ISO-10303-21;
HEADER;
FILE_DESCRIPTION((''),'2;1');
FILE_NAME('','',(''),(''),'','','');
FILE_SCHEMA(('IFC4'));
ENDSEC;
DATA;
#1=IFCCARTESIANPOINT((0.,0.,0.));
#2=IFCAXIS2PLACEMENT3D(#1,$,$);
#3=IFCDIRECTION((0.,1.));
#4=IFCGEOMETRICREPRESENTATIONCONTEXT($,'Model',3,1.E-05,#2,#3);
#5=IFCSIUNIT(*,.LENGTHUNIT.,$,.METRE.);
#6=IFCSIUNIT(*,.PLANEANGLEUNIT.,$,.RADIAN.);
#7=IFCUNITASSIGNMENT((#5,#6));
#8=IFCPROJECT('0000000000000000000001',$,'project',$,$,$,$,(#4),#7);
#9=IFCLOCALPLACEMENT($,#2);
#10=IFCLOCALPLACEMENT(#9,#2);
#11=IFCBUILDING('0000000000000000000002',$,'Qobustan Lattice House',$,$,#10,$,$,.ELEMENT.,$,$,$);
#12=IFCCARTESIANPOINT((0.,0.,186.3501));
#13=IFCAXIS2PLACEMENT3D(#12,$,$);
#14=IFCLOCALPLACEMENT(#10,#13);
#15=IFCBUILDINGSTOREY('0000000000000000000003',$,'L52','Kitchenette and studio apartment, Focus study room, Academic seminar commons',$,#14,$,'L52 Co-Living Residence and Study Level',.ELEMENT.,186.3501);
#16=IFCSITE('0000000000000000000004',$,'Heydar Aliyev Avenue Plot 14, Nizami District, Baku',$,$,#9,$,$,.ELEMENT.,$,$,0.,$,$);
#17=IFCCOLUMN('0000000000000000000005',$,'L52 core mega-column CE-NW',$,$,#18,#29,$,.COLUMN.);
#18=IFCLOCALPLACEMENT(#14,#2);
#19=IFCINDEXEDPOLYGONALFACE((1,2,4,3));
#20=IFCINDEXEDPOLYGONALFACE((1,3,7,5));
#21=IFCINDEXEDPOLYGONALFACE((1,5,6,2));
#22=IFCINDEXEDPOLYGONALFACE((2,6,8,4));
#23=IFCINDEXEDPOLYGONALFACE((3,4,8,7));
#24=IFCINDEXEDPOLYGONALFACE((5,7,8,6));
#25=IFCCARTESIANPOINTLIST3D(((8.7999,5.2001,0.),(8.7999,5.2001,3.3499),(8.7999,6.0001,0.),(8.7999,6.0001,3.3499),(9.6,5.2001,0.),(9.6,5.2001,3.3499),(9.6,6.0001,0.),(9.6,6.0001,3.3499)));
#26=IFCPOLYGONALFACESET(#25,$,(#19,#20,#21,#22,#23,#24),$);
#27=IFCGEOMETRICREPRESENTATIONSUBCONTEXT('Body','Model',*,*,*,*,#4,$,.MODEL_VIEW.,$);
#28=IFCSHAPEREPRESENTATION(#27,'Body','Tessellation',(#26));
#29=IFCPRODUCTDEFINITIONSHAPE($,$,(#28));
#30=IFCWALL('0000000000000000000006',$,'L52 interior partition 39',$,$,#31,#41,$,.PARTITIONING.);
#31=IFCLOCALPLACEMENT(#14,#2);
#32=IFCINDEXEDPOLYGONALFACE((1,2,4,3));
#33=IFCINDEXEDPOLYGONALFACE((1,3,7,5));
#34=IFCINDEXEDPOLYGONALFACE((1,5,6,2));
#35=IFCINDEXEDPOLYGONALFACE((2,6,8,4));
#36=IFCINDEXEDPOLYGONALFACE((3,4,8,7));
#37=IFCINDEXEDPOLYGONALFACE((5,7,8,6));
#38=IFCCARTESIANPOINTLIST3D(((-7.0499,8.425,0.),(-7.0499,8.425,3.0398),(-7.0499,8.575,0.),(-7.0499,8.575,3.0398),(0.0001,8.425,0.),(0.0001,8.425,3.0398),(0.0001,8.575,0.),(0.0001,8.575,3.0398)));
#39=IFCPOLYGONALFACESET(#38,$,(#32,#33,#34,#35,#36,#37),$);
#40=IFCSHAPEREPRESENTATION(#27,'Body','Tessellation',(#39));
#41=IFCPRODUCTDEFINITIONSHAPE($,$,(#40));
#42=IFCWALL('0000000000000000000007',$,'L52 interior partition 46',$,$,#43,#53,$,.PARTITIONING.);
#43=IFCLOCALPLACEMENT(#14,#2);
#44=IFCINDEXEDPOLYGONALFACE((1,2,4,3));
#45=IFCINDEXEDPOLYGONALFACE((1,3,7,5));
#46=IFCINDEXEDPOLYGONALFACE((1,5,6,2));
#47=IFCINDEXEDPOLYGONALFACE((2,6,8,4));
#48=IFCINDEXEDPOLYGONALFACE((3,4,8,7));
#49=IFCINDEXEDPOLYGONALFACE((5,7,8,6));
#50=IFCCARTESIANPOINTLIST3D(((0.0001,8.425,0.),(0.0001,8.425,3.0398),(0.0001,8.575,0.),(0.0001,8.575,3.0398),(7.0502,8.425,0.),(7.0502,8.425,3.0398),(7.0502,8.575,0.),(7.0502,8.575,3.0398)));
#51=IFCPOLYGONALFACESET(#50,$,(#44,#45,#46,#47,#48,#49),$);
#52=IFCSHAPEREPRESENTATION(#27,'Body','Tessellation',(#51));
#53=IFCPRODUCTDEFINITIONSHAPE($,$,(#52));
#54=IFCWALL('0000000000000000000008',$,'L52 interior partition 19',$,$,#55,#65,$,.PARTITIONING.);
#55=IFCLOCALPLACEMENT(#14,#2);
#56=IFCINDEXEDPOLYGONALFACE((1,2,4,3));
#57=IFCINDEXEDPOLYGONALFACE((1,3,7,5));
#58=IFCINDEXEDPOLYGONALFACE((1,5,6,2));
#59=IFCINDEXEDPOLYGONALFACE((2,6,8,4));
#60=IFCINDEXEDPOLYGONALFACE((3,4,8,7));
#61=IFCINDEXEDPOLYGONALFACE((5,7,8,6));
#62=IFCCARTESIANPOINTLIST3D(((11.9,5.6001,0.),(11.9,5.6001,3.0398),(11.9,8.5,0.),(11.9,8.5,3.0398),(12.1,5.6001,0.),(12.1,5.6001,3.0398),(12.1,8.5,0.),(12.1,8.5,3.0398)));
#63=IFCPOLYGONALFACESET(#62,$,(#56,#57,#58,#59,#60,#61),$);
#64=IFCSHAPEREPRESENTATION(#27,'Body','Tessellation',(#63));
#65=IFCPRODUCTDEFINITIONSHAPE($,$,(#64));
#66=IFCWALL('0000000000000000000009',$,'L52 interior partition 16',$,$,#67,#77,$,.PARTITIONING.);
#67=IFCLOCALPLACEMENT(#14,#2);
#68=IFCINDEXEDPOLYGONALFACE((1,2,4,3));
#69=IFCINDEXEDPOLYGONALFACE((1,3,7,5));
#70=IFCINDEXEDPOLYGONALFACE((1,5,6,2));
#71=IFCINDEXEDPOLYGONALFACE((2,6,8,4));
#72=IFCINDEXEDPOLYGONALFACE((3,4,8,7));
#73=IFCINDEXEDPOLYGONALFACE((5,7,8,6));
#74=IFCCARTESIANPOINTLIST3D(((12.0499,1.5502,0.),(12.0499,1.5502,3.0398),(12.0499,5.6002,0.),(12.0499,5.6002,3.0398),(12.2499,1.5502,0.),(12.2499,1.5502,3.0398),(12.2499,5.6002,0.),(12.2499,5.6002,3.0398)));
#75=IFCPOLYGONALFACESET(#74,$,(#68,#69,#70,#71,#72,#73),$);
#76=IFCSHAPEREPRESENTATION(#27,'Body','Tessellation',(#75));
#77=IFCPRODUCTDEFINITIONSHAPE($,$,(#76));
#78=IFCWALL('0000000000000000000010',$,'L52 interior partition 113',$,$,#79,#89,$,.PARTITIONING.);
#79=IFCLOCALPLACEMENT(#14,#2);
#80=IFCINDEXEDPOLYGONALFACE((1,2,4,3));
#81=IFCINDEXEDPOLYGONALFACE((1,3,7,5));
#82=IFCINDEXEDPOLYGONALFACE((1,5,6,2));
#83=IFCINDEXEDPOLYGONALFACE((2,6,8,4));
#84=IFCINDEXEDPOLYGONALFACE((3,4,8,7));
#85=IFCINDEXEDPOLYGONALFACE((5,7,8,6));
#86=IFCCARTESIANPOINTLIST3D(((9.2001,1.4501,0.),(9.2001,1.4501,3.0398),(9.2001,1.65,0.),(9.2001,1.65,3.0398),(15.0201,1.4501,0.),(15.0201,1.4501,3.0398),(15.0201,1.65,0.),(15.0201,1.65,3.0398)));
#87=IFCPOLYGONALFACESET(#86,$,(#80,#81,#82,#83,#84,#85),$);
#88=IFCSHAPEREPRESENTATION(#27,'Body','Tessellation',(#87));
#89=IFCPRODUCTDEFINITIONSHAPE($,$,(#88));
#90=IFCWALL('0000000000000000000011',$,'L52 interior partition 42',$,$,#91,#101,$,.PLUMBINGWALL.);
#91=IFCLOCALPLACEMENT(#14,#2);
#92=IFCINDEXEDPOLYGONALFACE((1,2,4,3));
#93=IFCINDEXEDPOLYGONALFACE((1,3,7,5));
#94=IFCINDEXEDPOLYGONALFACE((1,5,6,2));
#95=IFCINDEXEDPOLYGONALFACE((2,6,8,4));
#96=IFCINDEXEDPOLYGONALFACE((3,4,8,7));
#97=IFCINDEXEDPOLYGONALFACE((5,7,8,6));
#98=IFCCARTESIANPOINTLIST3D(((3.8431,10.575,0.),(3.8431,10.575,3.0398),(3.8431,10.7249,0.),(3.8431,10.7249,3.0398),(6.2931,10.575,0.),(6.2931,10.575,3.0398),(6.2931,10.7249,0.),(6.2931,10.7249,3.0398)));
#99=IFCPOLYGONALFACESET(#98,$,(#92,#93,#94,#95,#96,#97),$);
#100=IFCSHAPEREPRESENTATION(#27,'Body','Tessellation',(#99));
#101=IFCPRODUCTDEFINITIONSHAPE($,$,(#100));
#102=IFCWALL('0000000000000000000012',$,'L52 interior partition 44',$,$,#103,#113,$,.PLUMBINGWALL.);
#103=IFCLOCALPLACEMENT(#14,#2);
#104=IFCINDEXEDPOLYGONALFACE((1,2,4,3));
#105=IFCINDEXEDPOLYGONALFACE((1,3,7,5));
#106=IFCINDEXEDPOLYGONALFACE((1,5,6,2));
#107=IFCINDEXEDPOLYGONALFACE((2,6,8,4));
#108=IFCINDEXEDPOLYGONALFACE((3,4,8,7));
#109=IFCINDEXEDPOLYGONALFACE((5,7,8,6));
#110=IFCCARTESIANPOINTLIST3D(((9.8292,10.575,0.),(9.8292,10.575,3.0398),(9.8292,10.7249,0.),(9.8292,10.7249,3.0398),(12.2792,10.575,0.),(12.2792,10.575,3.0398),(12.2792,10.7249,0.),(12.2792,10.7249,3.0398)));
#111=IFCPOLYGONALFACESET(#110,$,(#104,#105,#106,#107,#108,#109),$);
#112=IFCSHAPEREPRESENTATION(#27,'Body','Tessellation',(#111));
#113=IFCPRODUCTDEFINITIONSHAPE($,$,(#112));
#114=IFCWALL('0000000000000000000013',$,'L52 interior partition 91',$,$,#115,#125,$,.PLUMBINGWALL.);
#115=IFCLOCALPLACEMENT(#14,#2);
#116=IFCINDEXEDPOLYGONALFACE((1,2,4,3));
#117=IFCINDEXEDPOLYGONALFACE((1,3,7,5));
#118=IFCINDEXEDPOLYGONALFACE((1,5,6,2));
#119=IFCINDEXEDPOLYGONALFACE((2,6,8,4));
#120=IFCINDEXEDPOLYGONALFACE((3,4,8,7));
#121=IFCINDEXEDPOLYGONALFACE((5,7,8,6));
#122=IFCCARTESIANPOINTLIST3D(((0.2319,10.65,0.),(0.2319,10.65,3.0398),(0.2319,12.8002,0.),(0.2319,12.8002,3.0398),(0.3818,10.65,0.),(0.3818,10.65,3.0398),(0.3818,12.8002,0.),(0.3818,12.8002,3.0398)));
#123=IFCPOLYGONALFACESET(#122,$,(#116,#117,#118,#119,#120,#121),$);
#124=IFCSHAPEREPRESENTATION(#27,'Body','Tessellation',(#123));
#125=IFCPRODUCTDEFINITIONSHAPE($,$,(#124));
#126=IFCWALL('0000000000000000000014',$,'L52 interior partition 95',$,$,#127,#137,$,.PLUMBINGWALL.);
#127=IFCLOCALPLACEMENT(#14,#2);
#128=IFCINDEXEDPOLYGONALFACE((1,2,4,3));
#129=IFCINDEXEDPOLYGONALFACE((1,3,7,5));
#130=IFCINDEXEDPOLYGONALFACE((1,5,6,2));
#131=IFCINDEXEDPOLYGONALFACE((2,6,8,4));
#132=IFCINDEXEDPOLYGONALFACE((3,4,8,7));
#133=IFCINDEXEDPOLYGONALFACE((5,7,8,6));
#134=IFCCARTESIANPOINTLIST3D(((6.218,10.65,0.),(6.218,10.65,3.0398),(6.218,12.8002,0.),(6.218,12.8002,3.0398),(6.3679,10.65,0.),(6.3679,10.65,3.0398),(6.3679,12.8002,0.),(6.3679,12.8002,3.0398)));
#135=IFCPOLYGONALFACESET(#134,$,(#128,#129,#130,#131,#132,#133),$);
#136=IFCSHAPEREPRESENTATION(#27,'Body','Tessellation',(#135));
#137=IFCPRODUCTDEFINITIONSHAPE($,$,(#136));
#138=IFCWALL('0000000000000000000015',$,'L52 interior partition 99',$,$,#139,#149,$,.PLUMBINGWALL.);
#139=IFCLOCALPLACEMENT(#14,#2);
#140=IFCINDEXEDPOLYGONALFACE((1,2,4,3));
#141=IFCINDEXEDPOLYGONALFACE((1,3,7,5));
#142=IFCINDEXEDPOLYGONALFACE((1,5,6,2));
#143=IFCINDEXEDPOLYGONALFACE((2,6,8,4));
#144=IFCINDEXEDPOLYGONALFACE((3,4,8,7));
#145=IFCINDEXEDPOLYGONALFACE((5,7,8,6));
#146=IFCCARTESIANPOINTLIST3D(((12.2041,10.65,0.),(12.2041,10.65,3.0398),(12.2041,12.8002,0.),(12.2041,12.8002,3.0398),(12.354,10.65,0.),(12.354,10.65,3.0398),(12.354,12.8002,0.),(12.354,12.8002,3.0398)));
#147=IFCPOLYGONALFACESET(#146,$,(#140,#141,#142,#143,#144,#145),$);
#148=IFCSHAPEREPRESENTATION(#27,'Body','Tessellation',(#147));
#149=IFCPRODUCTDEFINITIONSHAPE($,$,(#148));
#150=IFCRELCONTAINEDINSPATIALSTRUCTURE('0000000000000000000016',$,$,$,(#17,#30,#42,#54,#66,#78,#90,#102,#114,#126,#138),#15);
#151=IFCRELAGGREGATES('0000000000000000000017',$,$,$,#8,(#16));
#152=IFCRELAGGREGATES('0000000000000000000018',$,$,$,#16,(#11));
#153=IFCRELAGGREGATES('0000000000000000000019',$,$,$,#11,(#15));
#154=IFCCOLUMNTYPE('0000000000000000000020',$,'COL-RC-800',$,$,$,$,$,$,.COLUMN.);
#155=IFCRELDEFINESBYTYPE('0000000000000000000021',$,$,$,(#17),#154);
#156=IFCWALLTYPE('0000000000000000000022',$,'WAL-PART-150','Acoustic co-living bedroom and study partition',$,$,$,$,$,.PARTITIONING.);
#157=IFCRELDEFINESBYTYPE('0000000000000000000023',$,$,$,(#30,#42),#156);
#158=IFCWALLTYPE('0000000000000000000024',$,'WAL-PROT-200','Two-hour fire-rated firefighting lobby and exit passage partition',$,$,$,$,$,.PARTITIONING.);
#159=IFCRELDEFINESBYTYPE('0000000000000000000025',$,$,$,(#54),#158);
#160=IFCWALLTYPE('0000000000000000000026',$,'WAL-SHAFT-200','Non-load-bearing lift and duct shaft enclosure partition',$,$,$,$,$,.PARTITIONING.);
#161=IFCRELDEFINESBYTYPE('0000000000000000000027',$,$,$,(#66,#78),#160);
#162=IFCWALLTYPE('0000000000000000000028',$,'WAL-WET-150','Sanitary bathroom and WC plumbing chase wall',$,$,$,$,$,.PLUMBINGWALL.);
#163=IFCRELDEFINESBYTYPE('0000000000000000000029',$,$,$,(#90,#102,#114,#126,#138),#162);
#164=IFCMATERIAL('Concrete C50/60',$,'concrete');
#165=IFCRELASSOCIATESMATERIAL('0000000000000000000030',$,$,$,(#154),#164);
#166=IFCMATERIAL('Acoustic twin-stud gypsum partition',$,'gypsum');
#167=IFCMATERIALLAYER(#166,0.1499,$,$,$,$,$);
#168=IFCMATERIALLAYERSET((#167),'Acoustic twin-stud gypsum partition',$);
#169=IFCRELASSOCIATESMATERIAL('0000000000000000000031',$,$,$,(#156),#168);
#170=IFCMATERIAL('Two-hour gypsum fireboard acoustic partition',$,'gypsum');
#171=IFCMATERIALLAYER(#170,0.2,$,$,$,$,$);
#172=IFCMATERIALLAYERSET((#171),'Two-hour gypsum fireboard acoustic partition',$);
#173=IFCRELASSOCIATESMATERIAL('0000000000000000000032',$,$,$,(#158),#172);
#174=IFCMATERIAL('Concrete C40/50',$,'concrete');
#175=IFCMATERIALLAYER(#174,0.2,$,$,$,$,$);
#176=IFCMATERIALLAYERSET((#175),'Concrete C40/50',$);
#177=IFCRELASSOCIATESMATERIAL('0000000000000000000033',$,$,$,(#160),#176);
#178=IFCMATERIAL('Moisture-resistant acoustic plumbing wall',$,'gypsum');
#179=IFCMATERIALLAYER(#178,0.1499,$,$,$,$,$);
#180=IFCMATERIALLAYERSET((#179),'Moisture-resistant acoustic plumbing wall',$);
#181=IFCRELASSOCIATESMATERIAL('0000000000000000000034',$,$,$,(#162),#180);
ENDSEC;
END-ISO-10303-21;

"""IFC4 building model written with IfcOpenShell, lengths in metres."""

from ifc_helpers import new_model, si_unit, direction, frame, frame_2d, origin, origin_2d, place, context, subcontext, project, spatial, rectangle, extrude, material, layer, layer_set, material_profile, profile_set, type_object, element, save


model = new_model("IFC4")

# Units and contexts
model_context = context("Model", 3, precision=1e-05, world=origin(), true_north=direction((0.0, 1.0)))
body_context = subcontext(model_context, "Body", "Model", "MODEL_VIEW")
ifc_project = project(units=[si_unit("LENGTHUNIT", "METRE"), si_unit("PLANEANGLEUNIT", "RADIAN")], contexts=[model_context])

# Site, building, storey
site_placement = place(None, origin())
site = spatial("IfcSite", under=ifc_project, at=site_placement, Name="Heydar Aliyev Avenue Plot 14, Nizami District, Baku", CompositionType="ELEMENT", RefElevation=0.0)
building_placement = place(site_placement, origin())
building = spatial("IfcBuilding", under=site, at=building_placement, Name="Qobustan Lattice House", CompositionType="ELEMENT")
storey_placement = place(building_placement, frame((0.0, 0.0, 186.3501)))
storey = spatial("IfcBuildingStorey", under=building, at=storey_placement, Name="L52", Description="Kitchenette and studio apartment, Focus study room, Academic seminar commons", LongName="L52 Co-Living Residence and Study Level", CompositionType="ELEMENT", Elevation=186.3501)

# Column
ifc_material_1 = material(Name="Concrete C50/60", Category="concrete")
ifc_material_profile = material_profile(ifc_material_1, rectangle(XDim=0.8, YDim=0.8, at=origin_2d()), Name="RC800x800")
ifc_profile_set = profile_set([ifc_material_profile], Name="Concrete C50/60")
column_type = type_object("IfcColumnType", Name="COL-RC-800", PredefinedType="COLUMN", material=ifc_profile_set)
column_placement = place(storey_placement, frame((9.2, 5.6001, 0.0), z_axis=(0.0, 0.0, 1.0), x_axis=(1.0, 0.0, 0.0)))
element("IfcColumn", 1, at=column_placement, inside=storey, type_object=column_type, Name="L52 core mega-column CE-NW", PredefinedType="COLUMN", context=body_context, shape_type="SweptSolid", body=[
    extrude(rectangle(XDim=0.8, YDim=0.8, at=origin_2d()), origin(), (0.0, 0.0, 1.0), 3.3499),
])

# Walls
ifc_material_2 = material(Name="Acoustic twin-stud gypsum partition", Category="gypsum")
ifc_layer_1 = layer(ifc_material_2, 0.1499)
ifc_layer_set_1 = layer_set([ifc_layer_1], Name="Acoustic twin-stud gypsum partition")
wall_type_1 = type_object("IfcWallType", Name="WAL-PART-150", Description="Acoustic co-living bedroom and study partition", PredefinedType="PARTITIONING", material=ifc_layer_set_1)
for number, where, z_axis, x_axis, name in (
    (2, (0.0, 8.5, 0.0), (0.0, 0.0, 1.0), (-1.0, 0.0, 0.0), "L52 interior partition 39"),
    (3, (7.05, 8.5, 0.0), (0.0, 0.0, 1.0), (-1.0, 0.0, 0.0), "L52 interior partition 46"),
):
    element("IfcWall", number, at=place(storey_placement, frame(where, z_axis=z_axis, x_axis=x_axis)), inside=storey, type_object=wall_type_1, Name=name, PredefinedType="PARTITIONING", context=body_context, shape_type="SweptSolid", body=[
        extrude(rectangle(XDim=7.05, YDim=0.1499, at=frame_2d((3.5249, 0.0))), origin(), (0.0, 0.0, 1.0), 3.0398),
    ])
ifc_material_3 = material(Name="Two-hour gypsum fireboard acoustic partition", Category="gypsum")
ifc_layer_2 = layer(ifc_material_3, 0.2)
ifc_layer_set_2 = layer_set([ifc_layer_2], Name="Two-hour gypsum fireboard acoustic partition")
wall_type_2 = type_object("IfcWallType", Name="WAL-PROT-200", Description="Two-hour fire-rated firefighting lobby and exit passage partition", PredefinedType="PARTITIONING", material=ifc_layer_set_2)
wall_1_placement = place(storey_placement, frame((12.0, 8.5, 0.0), z_axis=(0.0, 0.0, 1.0), x_axis=(0.0, -1.0, 0.0)))
element("IfcWall", 4, at=wall_1_placement, inside=storey, type_object=wall_type_2, Name="L52 interior partition 19", PredefinedType="PARTITIONING", context=body_context, shape_type="SweptSolid", body=[
    extrude(rectangle(XDim=2.8999, YDim=0.2, at=frame_2d((1.45, 0.0))), origin(), (0.0, 0.0, 1.0), 3.0398),
])
ifc_material_4 = material(Name="Concrete C40/50", Category="concrete")
ifc_layer_3 = layer(ifc_material_4, 0.2)
ifc_layer_set_3 = layer_set([ifc_layer_3], Name="Concrete C40/50")
wall_type_3 = type_object("IfcWallType", Name="WAL-SHAFT-200", Description="Non-load-bearing lift and duct shaft enclosure partition", PredefinedType="PARTITIONING", material=ifc_layer_set_3)
wall_2_placement = place(storey_placement, frame((12.1499, 5.6001, 0.0), z_axis=(0.0, 0.0, 1.0), x_axis=(0.0, -1.0, 0.0)))
element("IfcWall", 5, at=wall_2_placement, inside=storey, type_object=wall_type_3, Name="L52 interior partition 16", PredefinedType="PARTITIONING", context=body_context, shape_type="SweptSolid", body=[
    extrude(rectangle(XDim=4.05, YDim=0.2, at=frame_2d((2.0249, 0.0))), origin(), (0.0, 0.0, 1.0), 3.0398),
])
wall_3_placement = place(storey_placement, frame((9.2, 1.55, 0.0), z_axis=(0.0, 0.0, 1.0), x_axis=(1.0, 0.0, 0.0)))
element("IfcWall", 6, at=wall_3_placement, inside=storey, type_object=wall_type_3, Name="L52 interior partition 113", PredefinedType="PARTITIONING", context=body_context, shape_type="SweptSolid", body=[
    extrude(rectangle(XDim=5.8201, YDim=0.2, at=frame_2d((2.9102, 0.0))), origin(), (0.0, 0.0, 1.0), 3.0398),
])
ifc_material_5 = material(Name="Moisture-resistant acoustic plumbing wall", Category="gypsum")
ifc_layer_4 = layer(ifc_material_5, 0.1499)
ifc_layer_set_4 = layer_set([ifc_layer_4], Name="Moisture-resistant acoustic plumbing wall")
wall_type_4 = type_object("IfcWallType", Name="WAL-WET-150", Description="Sanitary bathroom and WC plumbing chase wall", PredefinedType="PLUMBINGWALL", material=ifc_layer_set_4)
for number, where, z_axis, x_axis, name in (
    (7, (3.843, 10.6499, 0.0), (0.0, 0.0, 1.0), (1.0, 0.0, 0.0), "L52 interior partition 42"),
    (8, (9.8291, 10.6499, 0.0), (0.0, 0.0, 1.0), (1.0, 0.0, 0.0), "L52 interior partition 44"),
):
    element("IfcWall", number, at=place(storey_placement, frame(where, z_axis=z_axis, x_axis=x_axis)), inside=storey, type_object=wall_type_4, Name=name, PredefinedType="PLUMBINGWALL", context=body_context, shape_type="SweptSolid", body=[
        extrude(rectangle(XDim=2.45, YDim=0.1499, at=frame_2d((1.2251, 0.0))), origin(), (0.0, 0.0, 1.0), 3.0398),
    ])
for number, where, z_axis, x_axis, name in (
    (9, (0.3069, 10.6499, 0.0), (0.0, 0.0, 1.0), (0.0, 1.0, 0.0), "L52 interior partition 91"),
    (10, (6.293, 10.6499, 0.0), (0.0, 0.0, 1.0), (0.0, 1.0, 0.0), "L52 interior partition 95"),
    (11, (12.2791, 10.6499, 0.0), (0.0, 0.0, 1.0), (0.0, 1.0, 0.0), "L52 interior partition 99"),
):
    element("IfcWall", number, at=place(storey_placement, frame(where, z_axis=z_axis, x_axis=x_axis)), inside=storey, type_object=wall_type_4, Name=name, PredefinedType="PLUMBINGWALL", context=body_context, shape_type="SweptSolid", body=[
        extrude(rectangle(XDim=2.1501, YDim=0.1499, at=frame_2d((1.0752, 0.0))), origin(), (0.0, 0.0, 1.0), 3.0398),
    ])

save(model, "model.ifc")
